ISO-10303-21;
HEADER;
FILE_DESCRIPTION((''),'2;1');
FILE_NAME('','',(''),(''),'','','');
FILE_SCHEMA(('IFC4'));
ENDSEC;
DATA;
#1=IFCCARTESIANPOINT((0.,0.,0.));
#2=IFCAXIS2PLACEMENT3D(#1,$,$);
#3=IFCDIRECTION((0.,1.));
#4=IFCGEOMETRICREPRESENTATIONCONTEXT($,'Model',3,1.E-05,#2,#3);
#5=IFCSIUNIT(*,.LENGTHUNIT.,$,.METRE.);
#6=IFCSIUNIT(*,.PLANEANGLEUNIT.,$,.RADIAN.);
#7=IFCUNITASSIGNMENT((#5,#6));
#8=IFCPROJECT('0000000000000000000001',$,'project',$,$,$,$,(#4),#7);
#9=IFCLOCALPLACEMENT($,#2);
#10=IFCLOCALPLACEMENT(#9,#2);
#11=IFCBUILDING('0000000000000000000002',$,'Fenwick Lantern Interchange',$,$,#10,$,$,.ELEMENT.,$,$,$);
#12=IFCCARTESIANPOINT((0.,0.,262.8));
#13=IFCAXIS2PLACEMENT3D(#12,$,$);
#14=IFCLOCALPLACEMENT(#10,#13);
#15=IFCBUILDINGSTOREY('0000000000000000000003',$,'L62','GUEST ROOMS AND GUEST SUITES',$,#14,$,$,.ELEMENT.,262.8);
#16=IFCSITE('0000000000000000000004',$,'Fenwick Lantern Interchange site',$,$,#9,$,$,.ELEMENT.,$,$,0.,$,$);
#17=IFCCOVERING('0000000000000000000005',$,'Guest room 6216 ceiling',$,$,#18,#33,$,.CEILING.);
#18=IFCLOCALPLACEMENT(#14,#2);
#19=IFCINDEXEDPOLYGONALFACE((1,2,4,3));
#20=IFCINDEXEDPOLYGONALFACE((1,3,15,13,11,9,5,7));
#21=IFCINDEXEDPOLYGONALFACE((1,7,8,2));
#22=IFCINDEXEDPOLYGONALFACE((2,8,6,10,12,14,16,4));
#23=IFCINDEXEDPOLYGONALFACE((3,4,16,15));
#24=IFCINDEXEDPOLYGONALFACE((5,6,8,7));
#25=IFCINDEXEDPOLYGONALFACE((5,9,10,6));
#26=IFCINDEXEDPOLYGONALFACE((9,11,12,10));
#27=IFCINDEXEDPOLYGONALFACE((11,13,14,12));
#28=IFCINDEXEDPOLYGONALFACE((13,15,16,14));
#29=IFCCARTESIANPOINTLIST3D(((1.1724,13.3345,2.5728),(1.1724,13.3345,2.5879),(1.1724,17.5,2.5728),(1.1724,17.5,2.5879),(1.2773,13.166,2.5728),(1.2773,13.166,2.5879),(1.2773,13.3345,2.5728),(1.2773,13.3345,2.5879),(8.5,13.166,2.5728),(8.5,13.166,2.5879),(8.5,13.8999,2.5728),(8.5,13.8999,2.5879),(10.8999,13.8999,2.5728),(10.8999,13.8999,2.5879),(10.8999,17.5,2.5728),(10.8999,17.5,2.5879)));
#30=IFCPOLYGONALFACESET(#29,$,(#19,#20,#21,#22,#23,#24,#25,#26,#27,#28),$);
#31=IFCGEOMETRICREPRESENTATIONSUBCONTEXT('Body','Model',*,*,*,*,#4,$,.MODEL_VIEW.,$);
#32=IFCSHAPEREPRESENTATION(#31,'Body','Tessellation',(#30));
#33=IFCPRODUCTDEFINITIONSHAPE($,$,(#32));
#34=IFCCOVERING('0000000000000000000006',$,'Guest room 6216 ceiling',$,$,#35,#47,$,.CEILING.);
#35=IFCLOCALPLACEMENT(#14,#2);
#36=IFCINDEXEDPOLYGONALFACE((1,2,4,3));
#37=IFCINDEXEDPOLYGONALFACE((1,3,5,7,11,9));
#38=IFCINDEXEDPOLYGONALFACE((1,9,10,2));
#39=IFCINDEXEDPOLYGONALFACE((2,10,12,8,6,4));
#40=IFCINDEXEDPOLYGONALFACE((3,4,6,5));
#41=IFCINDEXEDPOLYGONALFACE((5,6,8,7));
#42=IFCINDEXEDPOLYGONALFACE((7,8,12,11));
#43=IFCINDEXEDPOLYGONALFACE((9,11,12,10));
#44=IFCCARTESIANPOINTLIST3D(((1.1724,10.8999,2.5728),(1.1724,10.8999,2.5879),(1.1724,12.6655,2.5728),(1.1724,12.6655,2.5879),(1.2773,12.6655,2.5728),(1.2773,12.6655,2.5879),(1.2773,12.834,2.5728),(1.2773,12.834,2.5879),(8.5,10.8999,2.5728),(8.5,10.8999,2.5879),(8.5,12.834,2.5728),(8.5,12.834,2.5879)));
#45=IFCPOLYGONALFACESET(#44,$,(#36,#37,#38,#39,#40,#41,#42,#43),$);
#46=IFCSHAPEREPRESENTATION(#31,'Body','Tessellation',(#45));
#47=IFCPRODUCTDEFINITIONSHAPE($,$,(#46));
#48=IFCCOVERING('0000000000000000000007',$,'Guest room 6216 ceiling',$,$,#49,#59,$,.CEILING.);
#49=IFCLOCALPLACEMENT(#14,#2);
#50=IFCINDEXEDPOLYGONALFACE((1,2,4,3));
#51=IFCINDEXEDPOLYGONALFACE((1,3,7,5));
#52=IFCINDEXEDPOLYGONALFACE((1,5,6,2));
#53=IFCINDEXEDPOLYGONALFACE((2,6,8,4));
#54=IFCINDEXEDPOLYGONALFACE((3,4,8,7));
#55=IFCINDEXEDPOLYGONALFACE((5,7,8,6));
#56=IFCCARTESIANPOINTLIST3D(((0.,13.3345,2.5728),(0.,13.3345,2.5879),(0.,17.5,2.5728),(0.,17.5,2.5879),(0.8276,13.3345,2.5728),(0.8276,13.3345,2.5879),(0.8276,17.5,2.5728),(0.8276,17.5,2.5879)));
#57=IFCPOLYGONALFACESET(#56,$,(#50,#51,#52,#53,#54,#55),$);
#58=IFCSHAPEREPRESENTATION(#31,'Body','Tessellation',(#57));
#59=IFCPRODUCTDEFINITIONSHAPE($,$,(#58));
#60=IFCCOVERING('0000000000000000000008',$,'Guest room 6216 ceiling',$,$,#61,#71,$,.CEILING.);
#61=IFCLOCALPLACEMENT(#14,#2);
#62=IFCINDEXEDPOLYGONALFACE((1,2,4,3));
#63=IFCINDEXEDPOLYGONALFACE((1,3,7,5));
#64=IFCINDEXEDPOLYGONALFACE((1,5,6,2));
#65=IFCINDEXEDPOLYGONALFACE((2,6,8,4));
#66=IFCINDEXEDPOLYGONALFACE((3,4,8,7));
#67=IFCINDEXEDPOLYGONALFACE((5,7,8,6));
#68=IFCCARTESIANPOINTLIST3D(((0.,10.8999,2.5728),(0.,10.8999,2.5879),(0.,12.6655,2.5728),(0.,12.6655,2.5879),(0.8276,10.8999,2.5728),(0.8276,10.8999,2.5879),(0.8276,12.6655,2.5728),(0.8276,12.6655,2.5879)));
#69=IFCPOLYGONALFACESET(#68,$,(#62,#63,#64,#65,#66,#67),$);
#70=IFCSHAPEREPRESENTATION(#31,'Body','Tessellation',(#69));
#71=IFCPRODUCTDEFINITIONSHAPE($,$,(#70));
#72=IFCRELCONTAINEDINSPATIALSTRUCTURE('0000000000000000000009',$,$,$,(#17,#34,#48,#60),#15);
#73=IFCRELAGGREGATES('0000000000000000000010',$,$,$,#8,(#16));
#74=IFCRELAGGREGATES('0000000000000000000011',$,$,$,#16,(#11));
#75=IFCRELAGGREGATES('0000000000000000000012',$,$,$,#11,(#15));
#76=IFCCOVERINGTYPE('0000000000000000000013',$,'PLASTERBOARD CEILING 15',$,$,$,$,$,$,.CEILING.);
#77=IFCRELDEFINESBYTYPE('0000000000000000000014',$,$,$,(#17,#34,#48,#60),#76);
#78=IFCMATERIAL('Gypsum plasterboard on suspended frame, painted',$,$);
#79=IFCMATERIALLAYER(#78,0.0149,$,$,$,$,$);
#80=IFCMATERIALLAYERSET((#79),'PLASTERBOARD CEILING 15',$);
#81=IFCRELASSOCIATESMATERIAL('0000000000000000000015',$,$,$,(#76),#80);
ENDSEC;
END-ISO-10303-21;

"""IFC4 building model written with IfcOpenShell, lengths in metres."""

from ifc_helpers import new_model, si_unit, direction, frame, origin, place, context, subcontext, project, spatial, polyline, outline, extrude, material, layer, layer_set, type_object, element, save


model = new_model("IFC4")

# Units and contexts
model_context = context("Model", 3, precision=1e-05, world=origin(), true_north=direction((0.0, 1.0)))
body_context = subcontext(model_context, "Body", "Model", "MODEL_VIEW")
ifc_project = project(units=[si_unit("LENGTHUNIT", "METRE"), si_unit("PLANEANGLEUNIT", "RADIAN")], contexts=[model_context])

# Site, building, storey
site_placement = place(None, origin())
site = spatial("IfcSite", under=ifc_project, at=site_placement, Name="Fenwick Lantern Interchange site", CompositionType="ELEMENT", RefElevation=0.0)
building_placement = place(site_placement, origin())
building = spatial("IfcBuilding", under=site, at=building_placement, Name="Fenwick Lantern Interchange", CompositionType="ELEMENT")
storey_placement = place(building_placement, frame((0.0, 0.0, 262.8)))
storey = spatial("IfcBuildingStorey", under=building, at=storey_placement, Name="L62", Description="GUEST ROOMS AND GUEST SUITES", CompositionType="ELEMENT", Elevation=262.8)

# Coverings
ifc_material_1 = material(Name="Gypsum plasterboard on suspended frame, painted")
ifc_layer_1 = layer(ifc_material_1, 0.0149)
ifc_layer_set_1 = layer_set([ifc_layer_1], Name="PLASTERBOARD CEILING 15")
covering_type_1 = type_object("IfcCoveringType", Name="PLASTERBOARD CEILING 15", PredefinedType="CEILING", material=ifc_layer_set_1)
covering_1_placement = place(storey_placement, frame((0.0, 0.0, 2.5728)))
element("IfcCovering", 1, at=covering_1_placement, inside=storey, type_object=covering_type_1, Name="Guest room 6216 ceiling", PredefinedType="CEILING", context=body_context, shape_type="SweptSolid", body=[
    extrude(outline(polyline([(1.2773, 13.3345), (1.2773, 13.166), (8.5, 13.166), (8.5, 13.8999), (10.8999, 13.8999), (10.8999, 17.5), (1.1724, 17.5), (1.1724, 13.3345), (1.2773, 13.3345)])), origin(), (0.0, 0.0, 1.0), 0.0151),
])
covering_2_placement = place(storey_placement, frame((0.0, 0.0, 2.5728)))
element("IfcCovering", 2, at=covering_2_placement, inside=storey, type_object=covering_type_1, Name="Guest room 6216 ceiling", PredefinedType="CEILING", context=body_context, shape_type="SweptSolid", body=[
    extrude(outline(polyline([(1.2773, 12.6655), (1.1724, 12.6655), (1.1724, 10.8999), (8.5, 10.8999), (8.5, 12.834), (1.2773, 12.834), (1.2773, 12.6655)])), origin(), (0.0, 0.0, 1.0), 0.0151),
])
covering_3_placement = place(storey_placement, frame((0.0, 0.0, 2.5728)))
element("IfcCovering", 3, at=covering_3_placement, inside=storey, type_object=covering_type_1, Name="Guest room 6216 ceiling", PredefinedType="CEILING", context=body_context, shape_type="SweptSolid", body=[
    extrude(outline(polyline([(0.0, 13.3345), (0.8276, 13.3345), (0.8276, 17.5), (0.0, 17.5), (0.0, 13.3345)])), origin(), (0.0, 0.0, 1.0), 0.0151),
])
covering_4_placement = place(storey_placement, frame((0.0, 0.0, 2.5728)))
element("IfcCovering", 4, at=covering_4_placement, inside=storey, type_object=covering_type_1, Name="Guest room 6216 ceiling", PredefinedType="CEILING", context=body_context, shape_type="SweptSolid", body=[
    extrude(outline(polyline([(0.8276, 12.6655), (0.0, 12.6655), (0.0, 10.8999), (0.8276, 10.8999), (0.8276, 12.6655)])), origin(), (0.0, 0.0, 1.0), 0.0151),
])

save(model, "model.ifc")
